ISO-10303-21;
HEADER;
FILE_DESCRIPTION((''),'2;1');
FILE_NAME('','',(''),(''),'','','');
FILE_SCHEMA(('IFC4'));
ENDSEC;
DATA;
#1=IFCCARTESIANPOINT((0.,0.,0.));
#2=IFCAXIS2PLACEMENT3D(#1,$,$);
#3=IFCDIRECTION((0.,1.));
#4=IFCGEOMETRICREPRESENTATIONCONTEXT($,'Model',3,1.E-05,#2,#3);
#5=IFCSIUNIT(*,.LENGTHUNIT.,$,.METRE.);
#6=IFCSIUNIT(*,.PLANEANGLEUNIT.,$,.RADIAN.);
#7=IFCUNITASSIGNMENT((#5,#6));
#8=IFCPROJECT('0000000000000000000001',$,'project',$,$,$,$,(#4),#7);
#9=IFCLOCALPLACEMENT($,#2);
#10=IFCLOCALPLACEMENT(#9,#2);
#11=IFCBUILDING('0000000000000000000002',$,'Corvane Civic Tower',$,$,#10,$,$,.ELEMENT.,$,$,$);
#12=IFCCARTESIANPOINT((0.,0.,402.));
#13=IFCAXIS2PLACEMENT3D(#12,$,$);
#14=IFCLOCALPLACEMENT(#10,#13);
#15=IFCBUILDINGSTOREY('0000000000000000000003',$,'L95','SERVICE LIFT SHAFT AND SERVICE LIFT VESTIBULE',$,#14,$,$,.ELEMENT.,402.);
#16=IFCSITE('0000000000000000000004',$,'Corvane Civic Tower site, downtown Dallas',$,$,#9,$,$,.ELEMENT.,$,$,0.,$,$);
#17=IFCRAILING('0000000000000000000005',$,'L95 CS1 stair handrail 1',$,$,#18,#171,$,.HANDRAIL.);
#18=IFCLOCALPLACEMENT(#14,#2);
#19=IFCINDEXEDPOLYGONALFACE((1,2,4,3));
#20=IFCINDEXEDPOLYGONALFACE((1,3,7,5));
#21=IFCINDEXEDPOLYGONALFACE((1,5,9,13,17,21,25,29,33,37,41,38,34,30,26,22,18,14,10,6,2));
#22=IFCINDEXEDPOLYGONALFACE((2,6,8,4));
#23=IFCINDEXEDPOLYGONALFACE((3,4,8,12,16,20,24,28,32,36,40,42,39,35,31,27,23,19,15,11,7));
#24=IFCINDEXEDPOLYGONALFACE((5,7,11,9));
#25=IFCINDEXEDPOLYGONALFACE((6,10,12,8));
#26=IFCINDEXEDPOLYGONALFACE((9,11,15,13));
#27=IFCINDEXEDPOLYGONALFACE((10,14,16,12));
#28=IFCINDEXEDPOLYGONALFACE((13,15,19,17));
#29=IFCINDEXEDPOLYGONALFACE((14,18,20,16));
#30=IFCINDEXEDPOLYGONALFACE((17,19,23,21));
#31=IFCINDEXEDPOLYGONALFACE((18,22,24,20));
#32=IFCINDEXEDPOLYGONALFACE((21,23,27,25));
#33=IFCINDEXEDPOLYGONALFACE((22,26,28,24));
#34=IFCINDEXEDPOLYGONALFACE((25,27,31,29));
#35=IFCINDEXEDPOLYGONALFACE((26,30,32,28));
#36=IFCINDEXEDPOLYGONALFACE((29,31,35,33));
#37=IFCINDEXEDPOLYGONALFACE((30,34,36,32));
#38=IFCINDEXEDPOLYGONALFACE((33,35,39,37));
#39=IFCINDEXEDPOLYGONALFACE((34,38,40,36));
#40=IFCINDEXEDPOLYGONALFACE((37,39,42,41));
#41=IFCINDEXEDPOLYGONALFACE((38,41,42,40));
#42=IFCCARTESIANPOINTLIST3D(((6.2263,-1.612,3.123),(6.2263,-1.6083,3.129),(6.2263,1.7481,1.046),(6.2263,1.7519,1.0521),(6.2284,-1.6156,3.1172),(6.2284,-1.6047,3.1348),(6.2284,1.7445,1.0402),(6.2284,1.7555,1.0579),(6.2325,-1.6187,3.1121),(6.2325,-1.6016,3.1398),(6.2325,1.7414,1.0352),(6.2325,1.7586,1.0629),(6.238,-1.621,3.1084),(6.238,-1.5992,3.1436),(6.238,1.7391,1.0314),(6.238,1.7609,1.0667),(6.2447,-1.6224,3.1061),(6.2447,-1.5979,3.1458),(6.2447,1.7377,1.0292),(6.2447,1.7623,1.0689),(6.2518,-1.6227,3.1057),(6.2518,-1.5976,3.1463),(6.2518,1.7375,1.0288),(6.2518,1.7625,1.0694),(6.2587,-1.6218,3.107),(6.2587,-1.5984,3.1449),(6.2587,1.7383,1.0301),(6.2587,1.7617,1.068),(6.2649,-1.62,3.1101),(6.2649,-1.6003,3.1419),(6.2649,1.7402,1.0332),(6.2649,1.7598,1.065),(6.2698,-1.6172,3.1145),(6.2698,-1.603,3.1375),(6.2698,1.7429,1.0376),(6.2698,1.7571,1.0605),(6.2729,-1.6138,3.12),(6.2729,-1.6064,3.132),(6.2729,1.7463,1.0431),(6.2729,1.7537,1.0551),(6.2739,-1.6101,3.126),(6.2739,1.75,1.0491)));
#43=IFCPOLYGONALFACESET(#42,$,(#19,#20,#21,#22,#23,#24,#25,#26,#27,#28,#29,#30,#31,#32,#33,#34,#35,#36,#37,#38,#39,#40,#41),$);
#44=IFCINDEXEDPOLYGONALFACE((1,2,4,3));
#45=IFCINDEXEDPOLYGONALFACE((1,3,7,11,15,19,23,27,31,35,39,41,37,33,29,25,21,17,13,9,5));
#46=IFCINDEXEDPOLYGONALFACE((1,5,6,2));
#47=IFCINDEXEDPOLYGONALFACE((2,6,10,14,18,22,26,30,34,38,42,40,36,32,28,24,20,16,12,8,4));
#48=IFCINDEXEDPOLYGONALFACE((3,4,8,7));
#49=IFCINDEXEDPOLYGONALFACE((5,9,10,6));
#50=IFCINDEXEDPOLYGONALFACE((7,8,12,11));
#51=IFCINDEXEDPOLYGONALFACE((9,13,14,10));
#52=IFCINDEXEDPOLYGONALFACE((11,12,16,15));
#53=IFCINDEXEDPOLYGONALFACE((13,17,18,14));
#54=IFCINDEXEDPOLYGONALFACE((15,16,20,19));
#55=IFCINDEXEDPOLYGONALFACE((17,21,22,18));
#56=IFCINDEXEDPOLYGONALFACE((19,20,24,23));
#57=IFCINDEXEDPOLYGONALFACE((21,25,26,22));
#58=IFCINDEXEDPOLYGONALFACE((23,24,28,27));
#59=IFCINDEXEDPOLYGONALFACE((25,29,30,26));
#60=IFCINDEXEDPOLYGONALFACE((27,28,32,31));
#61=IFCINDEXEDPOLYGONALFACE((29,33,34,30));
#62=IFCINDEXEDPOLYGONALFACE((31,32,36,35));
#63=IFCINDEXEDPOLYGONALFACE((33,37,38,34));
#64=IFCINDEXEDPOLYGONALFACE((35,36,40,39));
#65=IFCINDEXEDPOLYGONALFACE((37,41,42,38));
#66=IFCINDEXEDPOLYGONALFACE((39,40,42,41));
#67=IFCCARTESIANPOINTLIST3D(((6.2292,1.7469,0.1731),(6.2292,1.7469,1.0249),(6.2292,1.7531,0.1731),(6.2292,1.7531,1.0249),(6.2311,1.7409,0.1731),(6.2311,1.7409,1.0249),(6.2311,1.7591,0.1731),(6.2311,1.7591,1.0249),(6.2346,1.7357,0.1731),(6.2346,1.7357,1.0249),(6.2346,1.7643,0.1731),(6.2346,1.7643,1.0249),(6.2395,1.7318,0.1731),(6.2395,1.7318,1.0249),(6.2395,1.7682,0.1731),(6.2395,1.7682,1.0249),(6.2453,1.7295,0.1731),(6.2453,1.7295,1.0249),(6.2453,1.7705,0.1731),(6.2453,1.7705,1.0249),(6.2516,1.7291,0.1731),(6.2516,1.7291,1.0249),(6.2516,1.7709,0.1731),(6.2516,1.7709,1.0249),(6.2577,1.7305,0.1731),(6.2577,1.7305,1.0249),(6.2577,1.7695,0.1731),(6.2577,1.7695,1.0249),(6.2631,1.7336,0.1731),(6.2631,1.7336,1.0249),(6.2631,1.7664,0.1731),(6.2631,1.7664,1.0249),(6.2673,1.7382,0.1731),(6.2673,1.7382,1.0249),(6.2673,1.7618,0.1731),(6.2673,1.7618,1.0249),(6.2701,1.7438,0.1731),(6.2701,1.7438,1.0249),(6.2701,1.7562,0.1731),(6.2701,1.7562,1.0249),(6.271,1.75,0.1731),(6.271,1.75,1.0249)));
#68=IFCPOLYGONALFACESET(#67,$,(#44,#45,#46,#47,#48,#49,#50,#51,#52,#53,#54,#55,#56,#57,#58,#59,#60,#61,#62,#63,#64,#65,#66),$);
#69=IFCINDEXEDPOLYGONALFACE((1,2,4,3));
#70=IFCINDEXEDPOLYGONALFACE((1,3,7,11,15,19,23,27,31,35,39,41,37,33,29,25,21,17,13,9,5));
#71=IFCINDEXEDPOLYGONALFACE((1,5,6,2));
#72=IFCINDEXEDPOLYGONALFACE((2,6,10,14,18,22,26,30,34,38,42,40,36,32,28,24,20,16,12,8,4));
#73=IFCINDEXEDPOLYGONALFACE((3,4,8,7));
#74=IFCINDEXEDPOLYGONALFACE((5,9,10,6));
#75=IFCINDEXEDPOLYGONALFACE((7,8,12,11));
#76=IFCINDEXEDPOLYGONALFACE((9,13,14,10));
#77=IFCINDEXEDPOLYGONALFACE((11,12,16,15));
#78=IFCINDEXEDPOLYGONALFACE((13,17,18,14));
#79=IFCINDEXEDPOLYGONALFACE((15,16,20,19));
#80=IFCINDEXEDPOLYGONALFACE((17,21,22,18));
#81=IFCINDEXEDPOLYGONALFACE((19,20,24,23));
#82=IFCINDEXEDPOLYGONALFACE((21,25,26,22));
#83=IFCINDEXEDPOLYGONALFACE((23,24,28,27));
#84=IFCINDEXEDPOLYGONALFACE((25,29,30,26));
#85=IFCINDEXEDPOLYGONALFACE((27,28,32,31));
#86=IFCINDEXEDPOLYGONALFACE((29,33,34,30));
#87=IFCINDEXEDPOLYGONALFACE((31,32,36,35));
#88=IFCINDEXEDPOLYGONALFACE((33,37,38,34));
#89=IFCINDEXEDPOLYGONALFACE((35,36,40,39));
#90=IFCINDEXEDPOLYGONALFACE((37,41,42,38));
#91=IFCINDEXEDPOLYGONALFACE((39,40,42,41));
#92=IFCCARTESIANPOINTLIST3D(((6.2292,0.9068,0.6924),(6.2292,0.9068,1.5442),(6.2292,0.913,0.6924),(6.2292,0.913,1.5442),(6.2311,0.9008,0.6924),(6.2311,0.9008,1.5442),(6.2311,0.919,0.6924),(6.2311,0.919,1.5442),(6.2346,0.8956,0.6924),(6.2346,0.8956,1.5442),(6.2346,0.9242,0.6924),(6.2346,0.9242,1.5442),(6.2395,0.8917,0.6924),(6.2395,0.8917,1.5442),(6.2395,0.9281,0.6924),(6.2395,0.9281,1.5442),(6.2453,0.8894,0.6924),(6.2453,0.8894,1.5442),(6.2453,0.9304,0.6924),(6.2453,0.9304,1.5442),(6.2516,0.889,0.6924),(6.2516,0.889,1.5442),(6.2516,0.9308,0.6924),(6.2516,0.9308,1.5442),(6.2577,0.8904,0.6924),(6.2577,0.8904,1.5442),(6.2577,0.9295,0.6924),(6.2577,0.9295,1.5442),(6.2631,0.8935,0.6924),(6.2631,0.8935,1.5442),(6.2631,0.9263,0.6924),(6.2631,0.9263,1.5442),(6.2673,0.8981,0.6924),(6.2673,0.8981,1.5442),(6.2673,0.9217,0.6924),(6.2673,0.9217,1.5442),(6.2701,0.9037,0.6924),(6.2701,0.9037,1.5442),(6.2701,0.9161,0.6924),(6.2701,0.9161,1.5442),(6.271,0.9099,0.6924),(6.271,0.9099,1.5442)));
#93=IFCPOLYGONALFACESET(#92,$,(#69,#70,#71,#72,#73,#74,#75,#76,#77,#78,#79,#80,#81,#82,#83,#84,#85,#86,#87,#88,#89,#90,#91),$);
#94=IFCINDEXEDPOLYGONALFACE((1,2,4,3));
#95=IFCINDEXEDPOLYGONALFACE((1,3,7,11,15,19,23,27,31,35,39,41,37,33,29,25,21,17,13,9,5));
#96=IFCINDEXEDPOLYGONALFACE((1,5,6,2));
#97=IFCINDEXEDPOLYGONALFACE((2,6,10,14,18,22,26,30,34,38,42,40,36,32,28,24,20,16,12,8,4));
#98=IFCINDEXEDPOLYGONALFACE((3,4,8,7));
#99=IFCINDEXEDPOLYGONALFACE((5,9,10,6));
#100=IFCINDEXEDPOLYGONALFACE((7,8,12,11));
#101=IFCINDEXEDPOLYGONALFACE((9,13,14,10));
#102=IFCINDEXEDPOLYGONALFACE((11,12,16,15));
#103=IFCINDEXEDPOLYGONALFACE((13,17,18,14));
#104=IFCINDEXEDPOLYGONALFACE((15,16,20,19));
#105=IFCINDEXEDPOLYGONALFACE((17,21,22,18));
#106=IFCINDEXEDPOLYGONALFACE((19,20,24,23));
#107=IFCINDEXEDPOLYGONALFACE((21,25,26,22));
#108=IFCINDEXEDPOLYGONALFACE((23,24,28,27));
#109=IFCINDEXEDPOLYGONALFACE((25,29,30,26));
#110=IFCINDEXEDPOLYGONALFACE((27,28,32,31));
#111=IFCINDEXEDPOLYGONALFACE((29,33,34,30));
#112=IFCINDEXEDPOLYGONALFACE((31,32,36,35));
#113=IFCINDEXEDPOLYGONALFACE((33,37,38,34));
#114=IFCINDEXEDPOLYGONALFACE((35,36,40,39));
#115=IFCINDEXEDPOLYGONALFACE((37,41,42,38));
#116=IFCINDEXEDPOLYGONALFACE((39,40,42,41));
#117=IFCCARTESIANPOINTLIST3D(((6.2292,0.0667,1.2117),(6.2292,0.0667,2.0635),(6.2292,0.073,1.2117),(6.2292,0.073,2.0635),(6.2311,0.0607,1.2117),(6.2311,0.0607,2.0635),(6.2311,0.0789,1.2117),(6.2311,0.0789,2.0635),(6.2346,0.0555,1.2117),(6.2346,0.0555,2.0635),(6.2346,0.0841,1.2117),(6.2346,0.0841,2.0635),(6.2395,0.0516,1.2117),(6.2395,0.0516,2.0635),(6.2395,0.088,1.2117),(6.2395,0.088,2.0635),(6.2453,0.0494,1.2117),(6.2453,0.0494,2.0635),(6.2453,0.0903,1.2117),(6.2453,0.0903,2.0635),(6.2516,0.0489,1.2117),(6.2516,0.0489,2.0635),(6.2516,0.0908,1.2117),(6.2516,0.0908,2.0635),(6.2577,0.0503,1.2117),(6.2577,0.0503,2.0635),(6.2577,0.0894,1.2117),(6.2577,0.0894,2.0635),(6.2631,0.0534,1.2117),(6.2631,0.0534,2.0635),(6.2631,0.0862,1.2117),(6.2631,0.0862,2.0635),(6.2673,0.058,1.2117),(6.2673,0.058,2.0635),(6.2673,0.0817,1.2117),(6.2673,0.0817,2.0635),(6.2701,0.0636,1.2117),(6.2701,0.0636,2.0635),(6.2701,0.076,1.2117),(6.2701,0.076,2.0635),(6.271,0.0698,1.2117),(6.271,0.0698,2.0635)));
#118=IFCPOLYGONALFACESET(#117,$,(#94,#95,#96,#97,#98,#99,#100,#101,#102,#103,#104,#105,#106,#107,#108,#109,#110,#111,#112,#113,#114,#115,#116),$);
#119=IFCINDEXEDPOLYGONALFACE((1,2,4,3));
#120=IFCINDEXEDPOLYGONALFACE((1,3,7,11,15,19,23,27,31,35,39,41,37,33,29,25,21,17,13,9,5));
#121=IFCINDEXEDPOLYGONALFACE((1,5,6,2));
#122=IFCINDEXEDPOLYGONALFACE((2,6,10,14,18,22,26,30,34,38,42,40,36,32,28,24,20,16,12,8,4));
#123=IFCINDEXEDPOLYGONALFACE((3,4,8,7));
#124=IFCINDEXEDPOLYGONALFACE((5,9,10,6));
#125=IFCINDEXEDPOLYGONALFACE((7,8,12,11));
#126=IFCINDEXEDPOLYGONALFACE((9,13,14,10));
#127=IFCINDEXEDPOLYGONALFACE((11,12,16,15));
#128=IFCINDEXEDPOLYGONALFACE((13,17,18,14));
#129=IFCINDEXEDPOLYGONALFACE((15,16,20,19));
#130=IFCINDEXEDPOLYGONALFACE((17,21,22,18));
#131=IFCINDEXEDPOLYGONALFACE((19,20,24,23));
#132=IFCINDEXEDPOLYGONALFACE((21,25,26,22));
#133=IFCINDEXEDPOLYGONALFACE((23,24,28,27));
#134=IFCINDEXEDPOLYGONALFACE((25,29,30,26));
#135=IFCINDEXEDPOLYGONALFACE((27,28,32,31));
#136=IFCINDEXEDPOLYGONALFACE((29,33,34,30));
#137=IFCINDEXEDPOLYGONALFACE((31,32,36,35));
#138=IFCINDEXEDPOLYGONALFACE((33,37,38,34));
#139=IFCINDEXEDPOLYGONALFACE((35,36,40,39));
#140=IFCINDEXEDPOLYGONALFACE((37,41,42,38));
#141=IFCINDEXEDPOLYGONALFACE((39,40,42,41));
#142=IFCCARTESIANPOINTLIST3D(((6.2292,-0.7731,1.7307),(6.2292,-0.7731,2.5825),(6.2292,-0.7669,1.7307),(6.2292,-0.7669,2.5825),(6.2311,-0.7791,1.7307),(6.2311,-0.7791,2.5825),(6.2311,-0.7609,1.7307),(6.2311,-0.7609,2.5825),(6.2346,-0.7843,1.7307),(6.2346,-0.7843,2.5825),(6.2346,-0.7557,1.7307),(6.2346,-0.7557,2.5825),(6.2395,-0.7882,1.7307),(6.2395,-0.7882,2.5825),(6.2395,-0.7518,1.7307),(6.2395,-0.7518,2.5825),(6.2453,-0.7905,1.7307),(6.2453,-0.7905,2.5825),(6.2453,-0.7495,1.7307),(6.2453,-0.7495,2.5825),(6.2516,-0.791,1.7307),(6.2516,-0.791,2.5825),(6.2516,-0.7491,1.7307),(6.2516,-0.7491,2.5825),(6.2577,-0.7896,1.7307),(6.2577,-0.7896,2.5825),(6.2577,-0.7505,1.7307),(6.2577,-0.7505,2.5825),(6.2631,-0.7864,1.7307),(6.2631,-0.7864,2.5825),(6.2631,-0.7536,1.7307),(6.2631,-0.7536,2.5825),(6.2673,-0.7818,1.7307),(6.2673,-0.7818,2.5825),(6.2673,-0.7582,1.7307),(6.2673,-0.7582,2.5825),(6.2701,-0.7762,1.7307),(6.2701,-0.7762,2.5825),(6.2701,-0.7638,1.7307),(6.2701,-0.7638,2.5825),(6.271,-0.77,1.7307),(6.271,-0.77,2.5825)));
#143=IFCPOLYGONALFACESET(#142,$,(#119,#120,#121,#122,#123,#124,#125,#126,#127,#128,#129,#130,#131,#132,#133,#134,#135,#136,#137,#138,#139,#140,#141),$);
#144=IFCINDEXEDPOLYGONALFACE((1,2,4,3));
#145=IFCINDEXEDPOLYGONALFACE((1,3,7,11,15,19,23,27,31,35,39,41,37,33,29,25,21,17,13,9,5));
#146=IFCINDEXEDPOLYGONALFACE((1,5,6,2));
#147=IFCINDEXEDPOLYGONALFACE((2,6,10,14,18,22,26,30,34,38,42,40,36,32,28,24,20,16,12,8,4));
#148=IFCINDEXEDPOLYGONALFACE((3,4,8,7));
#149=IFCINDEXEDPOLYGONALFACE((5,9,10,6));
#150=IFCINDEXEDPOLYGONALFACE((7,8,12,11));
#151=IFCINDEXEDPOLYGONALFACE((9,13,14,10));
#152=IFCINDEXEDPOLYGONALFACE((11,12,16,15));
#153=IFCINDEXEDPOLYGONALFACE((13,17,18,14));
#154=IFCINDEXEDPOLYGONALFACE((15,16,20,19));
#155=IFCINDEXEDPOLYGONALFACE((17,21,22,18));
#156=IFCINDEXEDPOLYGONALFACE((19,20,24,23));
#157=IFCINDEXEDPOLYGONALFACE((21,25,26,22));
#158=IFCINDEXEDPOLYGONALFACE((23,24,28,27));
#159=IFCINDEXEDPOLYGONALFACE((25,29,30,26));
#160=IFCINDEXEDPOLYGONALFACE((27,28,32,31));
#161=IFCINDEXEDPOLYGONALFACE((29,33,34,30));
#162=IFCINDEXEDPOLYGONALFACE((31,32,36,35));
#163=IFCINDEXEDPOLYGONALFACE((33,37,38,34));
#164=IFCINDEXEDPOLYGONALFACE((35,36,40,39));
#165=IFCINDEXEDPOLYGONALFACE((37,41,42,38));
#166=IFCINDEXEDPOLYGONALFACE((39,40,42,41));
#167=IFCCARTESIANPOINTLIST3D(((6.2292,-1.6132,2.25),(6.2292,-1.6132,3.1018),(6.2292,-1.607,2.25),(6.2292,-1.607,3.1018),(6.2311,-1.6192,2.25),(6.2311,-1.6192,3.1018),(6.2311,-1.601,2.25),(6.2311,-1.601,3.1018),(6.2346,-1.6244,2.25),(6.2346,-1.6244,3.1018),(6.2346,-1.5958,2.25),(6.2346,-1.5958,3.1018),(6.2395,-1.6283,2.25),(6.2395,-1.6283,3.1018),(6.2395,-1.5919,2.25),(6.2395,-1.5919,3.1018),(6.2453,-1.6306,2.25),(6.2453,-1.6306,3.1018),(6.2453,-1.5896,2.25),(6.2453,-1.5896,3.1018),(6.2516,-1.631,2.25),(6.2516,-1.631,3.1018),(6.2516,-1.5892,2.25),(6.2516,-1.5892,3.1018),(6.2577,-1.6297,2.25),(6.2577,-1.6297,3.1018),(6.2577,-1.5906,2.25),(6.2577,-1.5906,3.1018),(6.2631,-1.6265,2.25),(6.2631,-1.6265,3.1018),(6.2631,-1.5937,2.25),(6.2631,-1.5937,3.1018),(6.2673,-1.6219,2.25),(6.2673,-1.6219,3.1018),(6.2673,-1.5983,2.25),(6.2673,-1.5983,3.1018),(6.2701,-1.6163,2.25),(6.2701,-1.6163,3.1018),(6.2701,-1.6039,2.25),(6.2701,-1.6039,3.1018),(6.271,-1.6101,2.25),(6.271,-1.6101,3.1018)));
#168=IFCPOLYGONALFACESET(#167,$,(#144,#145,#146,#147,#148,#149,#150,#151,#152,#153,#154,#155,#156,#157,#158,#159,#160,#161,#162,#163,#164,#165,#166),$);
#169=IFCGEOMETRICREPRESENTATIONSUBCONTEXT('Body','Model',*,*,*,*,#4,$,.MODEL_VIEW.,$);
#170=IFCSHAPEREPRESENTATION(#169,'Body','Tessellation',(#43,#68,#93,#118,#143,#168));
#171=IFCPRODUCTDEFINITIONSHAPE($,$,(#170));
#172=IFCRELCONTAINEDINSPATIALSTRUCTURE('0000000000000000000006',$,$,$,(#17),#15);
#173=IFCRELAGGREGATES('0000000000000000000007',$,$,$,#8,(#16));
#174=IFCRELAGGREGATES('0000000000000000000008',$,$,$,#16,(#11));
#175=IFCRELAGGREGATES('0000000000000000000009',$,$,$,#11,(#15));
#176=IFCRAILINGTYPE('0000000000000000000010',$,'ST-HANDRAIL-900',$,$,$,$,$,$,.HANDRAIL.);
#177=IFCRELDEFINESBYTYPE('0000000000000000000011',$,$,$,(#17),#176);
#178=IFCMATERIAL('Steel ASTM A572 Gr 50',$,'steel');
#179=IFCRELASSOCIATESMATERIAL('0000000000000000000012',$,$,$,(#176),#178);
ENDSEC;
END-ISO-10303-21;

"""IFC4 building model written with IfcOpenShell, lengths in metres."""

from ifc_helpers import new_model, si_unit, direction, frame, origin, origin_2d, place, context, subcontext, project, spatial, circle, extrude, material, type_object, element, save


model = new_model("IFC4")

# Units and contexts
model_context = context("Model", 3, precision=1e-05, world=origin(), true_north=direction((0.0, 1.0)))
body_context = subcontext(model_context, "Body", "Model", "MODEL_VIEW")
ifc_project = project(units=[si_unit("LENGTHUNIT", "METRE"), si_unit("PLANEANGLEUNIT", "RADIAN")], contexts=[model_context])

# Site, building, storey
site_placement = place(None, origin())
site = spatial("IfcSite", under=ifc_project, at=site_placement, Name="Corvane Civic Tower site, downtown Dallas", CompositionType="ELEMENT", RefElevation=0.0)
building_placement = place(site_placement, origin())
building = spatial("IfcBuilding", under=site, at=building_placement, Name="Corvane Civic Tower", CompositionType="ELEMENT")
storey_placement = place(building_placement, frame((0.0, 0.0, 402.0)))
storey = spatial("IfcBuildingStorey", under=building, at=storey_placement, Name="L95", Description="SERVICE LIFT SHAFT AND SERVICE LIFT VESTIBULE", CompositionType="ELEMENT", Elevation=402.0)

# Railing
ifc_material_1 = material(Name="Steel ASTM A572 Gr 50", Category="steel")
railing_type_1 = type_object("IfcRailingType", Name="ST-HANDRAIL-900", PredefinedType="HANDRAIL", material=ifc_material_1)
railing_1_placement = place(storey_placement, frame((6.25, 1.75, 0.1731)))
element("IfcRailing", 1, at=railing_1_placement, inside=storey, type_object=railing_type_1, Name="L95 CS1 stair handrail 1", PredefinedType="HANDRAIL", context=body_context, shape_type="SweptSolid", body=[
    extrude(circle(Radius=0.0239, at=origin_2d()), frame((0.0, 0.0, 0.876), z_axis=(0.0, -0.850623, 0.525776), x_axis=(1.0, 0.0, 0.0)), (0.0, 0.0, 1.0), 3.9502),
    extrude(circle(Radius=0.021, at=origin_2d()), origin(), (0.0, 0.0, 1.0), 0.8518),
    extrude(circle(Radius=0.021, at=origin_2d()), frame((0.0, -0.8401, 0.5193)), (0.0, 0.0, 1.0), 0.8518),
    extrude(circle(Radius=0.021, at=origin_2d()), frame((0.0, -1.6802, 1.0386)), (0.0, 0.0, 1.0), 0.8518),
    extrude(circle(Radius=0.021, at=origin_2d()), frame((0.0, -2.52, 1.5576)), (0.0, 0.0, 1.0), 0.8518),
    extrude(circle(Radius=0.021, at=origin_2d()), frame((0.0, -3.3601, 2.0769)), (0.0, 0.0, 1.0), 0.8518),
])

save(model, "model.ifc")
